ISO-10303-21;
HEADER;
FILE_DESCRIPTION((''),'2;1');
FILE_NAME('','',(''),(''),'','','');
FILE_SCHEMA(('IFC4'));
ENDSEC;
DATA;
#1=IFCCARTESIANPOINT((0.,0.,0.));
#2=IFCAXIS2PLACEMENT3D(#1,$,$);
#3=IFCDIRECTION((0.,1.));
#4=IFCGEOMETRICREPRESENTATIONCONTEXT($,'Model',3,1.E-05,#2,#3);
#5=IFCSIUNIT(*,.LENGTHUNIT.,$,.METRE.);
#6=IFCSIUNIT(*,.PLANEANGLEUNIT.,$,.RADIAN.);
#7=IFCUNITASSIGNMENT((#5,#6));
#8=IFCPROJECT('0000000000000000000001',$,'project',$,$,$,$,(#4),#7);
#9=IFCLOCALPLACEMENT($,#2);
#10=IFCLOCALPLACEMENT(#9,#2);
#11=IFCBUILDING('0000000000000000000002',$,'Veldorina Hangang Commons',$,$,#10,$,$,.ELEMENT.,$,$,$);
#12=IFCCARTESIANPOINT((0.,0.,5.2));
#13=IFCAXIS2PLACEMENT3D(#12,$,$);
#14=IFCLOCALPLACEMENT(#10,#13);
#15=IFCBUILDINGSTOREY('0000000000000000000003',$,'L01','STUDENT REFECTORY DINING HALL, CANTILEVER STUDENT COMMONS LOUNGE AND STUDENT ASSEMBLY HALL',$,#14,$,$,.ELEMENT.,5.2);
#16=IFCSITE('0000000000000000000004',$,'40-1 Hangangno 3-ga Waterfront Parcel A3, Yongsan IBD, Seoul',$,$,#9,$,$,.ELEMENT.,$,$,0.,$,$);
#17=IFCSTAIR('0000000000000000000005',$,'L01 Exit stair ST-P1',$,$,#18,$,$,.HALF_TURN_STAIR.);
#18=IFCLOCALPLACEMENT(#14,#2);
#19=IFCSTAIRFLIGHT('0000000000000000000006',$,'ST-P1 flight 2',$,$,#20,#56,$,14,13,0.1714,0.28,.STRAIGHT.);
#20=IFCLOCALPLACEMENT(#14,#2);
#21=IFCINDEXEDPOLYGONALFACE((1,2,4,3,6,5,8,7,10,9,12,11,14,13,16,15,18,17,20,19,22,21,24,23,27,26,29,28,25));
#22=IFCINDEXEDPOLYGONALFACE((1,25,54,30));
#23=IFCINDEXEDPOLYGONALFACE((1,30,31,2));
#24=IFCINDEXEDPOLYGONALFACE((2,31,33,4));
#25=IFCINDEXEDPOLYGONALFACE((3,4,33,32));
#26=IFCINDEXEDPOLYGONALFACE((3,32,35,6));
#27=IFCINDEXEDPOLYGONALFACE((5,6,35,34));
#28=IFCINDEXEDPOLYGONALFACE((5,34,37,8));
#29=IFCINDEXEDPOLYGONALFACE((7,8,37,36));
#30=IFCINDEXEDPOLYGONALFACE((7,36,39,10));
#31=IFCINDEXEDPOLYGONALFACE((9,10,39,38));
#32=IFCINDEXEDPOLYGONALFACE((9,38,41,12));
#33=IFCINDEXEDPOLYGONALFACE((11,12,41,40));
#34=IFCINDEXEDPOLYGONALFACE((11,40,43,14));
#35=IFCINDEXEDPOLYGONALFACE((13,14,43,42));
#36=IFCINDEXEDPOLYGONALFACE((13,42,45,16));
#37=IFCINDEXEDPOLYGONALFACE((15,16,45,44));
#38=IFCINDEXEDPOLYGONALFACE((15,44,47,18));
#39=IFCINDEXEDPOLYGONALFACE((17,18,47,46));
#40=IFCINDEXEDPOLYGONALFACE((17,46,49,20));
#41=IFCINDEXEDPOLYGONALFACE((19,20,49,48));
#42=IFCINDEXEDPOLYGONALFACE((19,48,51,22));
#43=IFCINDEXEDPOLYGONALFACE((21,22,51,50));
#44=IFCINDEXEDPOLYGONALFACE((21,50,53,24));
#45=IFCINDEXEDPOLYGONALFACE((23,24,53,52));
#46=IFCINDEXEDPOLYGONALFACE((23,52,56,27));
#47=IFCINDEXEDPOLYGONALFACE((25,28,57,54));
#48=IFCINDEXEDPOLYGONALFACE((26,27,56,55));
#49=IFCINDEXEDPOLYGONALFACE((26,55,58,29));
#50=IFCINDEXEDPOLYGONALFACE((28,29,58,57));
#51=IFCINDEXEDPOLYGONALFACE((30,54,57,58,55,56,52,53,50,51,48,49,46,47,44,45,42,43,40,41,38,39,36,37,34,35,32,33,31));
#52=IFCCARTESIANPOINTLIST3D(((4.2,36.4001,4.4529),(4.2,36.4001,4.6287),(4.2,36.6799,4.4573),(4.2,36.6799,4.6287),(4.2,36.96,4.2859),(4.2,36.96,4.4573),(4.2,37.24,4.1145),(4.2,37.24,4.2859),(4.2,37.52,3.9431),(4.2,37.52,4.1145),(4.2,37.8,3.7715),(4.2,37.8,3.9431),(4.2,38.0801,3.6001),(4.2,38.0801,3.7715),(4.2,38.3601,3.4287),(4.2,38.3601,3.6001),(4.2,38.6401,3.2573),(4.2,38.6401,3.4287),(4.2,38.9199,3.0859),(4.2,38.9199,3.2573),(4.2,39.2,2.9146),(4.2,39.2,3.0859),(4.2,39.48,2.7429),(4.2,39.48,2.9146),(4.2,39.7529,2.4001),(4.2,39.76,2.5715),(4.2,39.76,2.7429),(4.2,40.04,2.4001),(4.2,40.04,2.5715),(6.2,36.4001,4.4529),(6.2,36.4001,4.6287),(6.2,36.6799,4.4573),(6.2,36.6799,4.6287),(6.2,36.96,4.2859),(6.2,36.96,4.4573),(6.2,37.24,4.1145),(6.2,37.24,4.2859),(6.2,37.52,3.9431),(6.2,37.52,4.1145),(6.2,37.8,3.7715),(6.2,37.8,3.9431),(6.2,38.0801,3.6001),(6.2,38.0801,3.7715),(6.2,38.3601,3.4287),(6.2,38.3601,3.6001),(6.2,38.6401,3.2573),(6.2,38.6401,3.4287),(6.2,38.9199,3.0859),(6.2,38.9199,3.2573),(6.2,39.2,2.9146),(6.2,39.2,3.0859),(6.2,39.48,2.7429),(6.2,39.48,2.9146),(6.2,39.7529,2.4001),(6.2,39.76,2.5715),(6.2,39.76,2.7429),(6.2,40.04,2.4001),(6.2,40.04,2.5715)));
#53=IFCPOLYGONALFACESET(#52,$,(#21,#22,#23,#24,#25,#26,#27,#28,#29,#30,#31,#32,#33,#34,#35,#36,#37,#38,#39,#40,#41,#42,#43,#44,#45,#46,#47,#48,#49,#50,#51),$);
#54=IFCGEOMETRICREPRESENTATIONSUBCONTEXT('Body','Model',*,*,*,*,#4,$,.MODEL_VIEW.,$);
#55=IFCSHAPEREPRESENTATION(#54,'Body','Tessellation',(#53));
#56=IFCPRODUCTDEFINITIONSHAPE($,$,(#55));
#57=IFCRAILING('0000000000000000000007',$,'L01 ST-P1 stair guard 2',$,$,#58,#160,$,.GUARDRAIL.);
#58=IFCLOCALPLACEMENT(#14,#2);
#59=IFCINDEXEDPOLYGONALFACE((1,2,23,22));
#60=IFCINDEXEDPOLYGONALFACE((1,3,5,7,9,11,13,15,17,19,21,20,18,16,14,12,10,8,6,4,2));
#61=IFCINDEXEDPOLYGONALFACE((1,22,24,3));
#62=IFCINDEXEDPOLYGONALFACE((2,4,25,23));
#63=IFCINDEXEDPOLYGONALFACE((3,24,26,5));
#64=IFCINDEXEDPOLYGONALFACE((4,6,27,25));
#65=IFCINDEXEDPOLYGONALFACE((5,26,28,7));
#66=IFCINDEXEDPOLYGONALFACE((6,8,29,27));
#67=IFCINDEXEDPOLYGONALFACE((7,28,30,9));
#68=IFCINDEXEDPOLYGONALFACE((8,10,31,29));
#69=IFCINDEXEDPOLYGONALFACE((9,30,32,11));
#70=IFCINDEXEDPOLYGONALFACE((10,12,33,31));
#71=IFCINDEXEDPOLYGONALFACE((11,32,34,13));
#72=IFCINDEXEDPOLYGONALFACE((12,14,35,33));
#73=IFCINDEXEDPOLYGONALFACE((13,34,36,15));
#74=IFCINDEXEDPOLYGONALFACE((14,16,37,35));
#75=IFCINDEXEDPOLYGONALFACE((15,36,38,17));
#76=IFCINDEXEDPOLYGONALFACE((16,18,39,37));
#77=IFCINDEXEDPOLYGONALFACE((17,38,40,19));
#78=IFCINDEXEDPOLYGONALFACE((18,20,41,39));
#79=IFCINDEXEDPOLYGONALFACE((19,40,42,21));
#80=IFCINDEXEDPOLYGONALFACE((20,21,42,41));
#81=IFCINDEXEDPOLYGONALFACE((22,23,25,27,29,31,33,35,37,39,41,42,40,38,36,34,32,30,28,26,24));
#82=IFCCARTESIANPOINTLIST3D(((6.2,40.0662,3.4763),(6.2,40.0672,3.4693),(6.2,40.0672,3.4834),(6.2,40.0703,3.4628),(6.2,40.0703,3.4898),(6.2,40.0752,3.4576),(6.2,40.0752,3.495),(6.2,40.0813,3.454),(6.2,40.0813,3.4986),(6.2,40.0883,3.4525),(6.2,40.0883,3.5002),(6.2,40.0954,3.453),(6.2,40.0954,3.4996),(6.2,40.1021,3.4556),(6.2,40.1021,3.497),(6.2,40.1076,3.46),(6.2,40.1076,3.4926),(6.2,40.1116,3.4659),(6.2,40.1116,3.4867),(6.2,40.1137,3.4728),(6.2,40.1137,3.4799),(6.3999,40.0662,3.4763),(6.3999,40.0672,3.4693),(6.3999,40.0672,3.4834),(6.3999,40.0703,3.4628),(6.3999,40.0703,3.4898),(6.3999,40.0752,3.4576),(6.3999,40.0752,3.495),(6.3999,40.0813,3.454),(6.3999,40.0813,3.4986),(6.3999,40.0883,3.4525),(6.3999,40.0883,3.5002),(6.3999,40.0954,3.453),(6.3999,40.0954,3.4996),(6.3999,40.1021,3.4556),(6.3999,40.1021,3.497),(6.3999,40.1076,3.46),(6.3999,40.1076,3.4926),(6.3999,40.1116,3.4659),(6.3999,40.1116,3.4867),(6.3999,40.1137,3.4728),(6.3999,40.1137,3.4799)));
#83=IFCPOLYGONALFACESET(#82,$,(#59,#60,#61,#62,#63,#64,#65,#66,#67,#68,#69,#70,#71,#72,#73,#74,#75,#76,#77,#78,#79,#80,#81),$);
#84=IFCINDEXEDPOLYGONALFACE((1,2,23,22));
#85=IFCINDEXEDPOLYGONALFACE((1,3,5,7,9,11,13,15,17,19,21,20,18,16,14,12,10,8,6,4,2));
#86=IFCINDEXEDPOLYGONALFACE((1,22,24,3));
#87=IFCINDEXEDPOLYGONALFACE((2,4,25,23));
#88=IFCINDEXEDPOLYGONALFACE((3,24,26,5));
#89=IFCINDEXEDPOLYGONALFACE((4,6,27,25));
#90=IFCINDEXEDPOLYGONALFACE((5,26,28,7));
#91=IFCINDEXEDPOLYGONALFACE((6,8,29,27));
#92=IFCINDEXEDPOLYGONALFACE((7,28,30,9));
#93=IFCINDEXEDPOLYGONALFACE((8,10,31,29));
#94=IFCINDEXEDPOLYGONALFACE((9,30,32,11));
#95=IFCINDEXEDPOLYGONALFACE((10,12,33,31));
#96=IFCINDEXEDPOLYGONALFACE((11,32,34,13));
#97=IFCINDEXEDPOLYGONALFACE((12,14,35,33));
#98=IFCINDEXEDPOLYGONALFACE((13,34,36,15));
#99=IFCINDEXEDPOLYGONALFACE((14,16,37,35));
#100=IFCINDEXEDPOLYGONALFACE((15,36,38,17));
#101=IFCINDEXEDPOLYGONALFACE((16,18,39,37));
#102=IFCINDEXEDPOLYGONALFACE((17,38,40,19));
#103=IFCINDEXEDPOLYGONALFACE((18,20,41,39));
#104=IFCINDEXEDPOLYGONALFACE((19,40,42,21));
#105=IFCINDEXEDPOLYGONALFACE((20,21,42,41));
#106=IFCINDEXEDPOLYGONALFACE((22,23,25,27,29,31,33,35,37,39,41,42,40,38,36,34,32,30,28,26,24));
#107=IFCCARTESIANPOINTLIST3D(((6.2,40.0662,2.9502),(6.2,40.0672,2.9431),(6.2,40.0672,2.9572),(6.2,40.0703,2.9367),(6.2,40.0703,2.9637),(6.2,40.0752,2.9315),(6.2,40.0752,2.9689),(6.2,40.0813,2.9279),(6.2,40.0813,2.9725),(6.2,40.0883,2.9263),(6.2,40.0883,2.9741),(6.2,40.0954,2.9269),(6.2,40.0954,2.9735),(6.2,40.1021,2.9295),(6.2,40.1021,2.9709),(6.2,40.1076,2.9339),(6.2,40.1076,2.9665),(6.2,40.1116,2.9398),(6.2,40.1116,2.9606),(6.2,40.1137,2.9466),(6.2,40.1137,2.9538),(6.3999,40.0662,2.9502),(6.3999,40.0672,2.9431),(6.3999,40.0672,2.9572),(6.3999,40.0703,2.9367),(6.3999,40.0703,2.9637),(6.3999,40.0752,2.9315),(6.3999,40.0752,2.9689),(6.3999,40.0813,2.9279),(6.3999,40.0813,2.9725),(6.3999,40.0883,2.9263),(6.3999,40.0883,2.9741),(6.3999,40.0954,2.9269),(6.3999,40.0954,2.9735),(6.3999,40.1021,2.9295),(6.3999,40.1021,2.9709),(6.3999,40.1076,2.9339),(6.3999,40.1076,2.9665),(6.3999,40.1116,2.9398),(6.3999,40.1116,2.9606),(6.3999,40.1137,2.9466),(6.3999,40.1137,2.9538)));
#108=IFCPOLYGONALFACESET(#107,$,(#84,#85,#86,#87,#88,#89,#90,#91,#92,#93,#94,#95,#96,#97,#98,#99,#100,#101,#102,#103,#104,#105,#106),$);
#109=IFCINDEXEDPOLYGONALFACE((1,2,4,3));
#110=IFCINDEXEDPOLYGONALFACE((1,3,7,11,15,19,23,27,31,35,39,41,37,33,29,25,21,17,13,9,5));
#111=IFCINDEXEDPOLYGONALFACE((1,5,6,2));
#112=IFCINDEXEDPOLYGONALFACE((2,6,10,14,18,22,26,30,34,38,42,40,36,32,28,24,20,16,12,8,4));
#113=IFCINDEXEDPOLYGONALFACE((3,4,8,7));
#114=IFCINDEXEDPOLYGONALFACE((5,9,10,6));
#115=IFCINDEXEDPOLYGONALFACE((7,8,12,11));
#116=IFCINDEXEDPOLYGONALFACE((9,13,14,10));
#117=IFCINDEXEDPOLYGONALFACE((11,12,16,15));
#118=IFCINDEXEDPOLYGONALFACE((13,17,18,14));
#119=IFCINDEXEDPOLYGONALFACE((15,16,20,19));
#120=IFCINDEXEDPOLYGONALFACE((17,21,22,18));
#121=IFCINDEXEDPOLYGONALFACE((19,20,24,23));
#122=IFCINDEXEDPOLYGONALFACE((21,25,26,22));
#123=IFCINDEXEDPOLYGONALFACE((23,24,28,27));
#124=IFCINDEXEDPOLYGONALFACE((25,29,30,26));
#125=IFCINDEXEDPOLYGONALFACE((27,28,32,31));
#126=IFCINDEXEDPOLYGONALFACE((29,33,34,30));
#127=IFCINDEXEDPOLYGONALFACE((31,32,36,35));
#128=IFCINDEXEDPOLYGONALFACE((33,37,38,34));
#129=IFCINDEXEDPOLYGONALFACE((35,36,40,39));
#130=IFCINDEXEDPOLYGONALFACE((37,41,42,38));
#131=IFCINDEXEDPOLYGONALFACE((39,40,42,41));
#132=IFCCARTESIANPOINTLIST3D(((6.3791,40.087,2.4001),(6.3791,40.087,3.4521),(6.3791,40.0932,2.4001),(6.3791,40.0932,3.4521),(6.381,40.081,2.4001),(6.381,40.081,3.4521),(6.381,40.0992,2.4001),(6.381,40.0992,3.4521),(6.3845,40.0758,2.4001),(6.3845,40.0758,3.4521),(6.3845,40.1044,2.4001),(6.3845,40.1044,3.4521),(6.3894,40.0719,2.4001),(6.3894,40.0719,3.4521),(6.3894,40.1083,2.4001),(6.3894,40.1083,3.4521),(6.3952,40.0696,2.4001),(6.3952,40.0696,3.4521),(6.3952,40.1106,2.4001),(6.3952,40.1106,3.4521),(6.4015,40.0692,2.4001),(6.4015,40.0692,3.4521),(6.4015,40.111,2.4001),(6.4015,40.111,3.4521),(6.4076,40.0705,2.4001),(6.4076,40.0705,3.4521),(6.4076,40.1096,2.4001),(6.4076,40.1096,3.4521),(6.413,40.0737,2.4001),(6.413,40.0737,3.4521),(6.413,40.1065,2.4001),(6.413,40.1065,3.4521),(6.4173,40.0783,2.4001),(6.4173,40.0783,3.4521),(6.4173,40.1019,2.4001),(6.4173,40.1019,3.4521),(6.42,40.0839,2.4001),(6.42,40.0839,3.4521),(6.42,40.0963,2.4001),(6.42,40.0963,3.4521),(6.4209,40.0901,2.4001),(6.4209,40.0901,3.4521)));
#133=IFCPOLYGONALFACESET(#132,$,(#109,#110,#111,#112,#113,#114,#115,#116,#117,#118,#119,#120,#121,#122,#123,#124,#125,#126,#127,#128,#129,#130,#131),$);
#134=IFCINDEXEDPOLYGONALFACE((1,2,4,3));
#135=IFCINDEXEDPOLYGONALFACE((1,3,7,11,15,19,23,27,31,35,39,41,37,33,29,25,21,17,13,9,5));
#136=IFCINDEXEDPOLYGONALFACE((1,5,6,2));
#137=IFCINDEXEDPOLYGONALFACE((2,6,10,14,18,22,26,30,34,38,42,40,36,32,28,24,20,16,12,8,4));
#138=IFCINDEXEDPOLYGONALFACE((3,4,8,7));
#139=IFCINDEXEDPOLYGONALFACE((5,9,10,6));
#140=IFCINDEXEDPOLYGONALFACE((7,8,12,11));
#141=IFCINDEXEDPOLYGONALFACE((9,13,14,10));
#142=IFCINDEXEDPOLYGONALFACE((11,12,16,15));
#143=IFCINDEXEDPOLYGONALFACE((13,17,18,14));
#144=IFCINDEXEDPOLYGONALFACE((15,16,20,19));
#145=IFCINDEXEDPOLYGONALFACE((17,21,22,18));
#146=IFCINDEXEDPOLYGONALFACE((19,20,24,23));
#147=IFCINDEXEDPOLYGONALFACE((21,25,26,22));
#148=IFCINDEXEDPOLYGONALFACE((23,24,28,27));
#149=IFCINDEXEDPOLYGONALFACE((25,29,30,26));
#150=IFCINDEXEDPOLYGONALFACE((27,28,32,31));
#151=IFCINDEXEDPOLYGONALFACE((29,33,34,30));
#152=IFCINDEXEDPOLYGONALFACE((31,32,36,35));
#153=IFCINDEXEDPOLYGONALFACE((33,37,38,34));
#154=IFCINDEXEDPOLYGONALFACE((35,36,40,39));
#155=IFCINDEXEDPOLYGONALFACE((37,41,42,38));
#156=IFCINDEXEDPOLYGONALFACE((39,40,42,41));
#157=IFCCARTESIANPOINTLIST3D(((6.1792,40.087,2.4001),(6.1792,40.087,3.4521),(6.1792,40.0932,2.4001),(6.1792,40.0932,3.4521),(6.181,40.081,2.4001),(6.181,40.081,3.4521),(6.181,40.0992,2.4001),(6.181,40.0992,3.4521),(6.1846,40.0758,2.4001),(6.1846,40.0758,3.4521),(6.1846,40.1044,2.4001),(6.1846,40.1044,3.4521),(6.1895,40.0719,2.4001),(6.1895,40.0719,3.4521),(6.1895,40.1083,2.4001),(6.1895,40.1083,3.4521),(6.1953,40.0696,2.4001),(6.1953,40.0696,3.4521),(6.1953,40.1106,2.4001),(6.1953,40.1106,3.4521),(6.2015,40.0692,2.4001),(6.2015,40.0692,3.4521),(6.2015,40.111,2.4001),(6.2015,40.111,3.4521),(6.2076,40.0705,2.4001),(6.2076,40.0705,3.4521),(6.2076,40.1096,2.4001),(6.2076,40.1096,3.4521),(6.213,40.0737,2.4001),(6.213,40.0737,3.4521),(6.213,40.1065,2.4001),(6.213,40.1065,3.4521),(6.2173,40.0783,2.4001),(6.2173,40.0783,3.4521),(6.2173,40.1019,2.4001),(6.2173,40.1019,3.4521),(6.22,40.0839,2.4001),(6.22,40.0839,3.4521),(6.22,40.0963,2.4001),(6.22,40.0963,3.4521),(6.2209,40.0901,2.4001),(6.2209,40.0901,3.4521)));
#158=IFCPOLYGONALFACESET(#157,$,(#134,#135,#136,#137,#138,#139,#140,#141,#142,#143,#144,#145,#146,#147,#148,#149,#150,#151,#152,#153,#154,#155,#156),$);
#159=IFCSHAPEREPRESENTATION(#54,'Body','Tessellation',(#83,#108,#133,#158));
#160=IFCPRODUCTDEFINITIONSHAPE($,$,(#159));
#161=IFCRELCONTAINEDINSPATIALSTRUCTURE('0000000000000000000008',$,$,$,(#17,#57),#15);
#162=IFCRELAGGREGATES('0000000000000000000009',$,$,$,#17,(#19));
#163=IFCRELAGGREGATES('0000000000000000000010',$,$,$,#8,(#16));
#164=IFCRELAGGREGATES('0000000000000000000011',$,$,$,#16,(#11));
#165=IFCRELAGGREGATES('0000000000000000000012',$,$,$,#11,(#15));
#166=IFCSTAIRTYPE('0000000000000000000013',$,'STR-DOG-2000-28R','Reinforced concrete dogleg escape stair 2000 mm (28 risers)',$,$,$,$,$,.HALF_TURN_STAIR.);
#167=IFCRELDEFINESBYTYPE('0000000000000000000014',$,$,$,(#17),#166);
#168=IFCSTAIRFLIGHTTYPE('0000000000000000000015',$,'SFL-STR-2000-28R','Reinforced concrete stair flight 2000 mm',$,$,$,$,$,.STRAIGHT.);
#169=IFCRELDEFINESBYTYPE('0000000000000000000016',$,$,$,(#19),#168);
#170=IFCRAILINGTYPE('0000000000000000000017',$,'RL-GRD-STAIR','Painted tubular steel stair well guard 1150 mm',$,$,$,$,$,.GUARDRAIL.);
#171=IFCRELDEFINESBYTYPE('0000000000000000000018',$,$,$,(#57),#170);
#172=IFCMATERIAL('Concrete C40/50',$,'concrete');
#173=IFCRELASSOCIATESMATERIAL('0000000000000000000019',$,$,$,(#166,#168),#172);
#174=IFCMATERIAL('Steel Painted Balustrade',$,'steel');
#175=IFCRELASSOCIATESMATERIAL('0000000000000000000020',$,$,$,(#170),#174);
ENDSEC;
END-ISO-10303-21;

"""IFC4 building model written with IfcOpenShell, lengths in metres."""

from ifc_helpers import new_model, si_unit, direction, frame, origin, origin_2d, place, context, subcontext, project, spatial, polyline, circle, outline, extrude, material, type_object, element, aggregate, save


model = new_model("IFC4")

# Units and contexts
model_context = context("Model", 3, precision=1e-05, world=origin(), true_north=direction((0.0, 1.0)))
body_context = subcontext(model_context, "Body", "Model", "MODEL_VIEW")
ifc_project = project(units=[si_unit("LENGTHUNIT", "METRE"), si_unit("PLANEANGLEUNIT", "RADIAN")], contexts=[model_context])

# Site, building, storey
site_placement = place(None, origin())
site = spatial("IfcSite", under=ifc_project, at=site_placement, Name="40-1 Hangangno 3-ga Waterfront Parcel A3, Yongsan IBD, Seoul", CompositionType="ELEMENT", RefElevation=0.0)
building_placement = place(site_placement, origin())
building = spatial("IfcBuilding", under=site, at=building_placement, Name="Veldorina Hangang Commons", CompositionType="ELEMENT")
storey_placement = place(building_placement, frame((0.0, 0.0, 5.2)))
storey = spatial("IfcBuildingStorey", under=building, at=storey_placement, Name="L01", Description="STUDENT REFECTORY DINING HALL, CANTILEVER STUDENT COMMONS LOUNGE AND STUDENT ASSEMBLY HALL", CompositionType="ELEMENT", Elevation=5.2)

# Stair, stair flight
ifc_material_1 = material(Name="Concrete C40/50", Category="concrete")
stair_type = type_object("IfcStairType", Name="STR-DOG-2000-28R", Description="Reinforced concrete dogleg escape stair 2000 mm (28 risers)", PredefinedType="HALF_TURN_STAIR", material=ifc_material_1)
stair_placement = place(storey_placement, origin())
stair = element("IfcStair", 1, at=stair_placement, inside=storey, type_object=stair_type, Name="L01 Exit stair ST-P1", PredefinedType="HALF_TURN_STAIR")
stair_flight_type = type_object("IfcStairFlightType", Name="SFL-STR-2000-28R", Description="Reinforced concrete stair flight 2000 mm", PredefinedType="STRAIGHT", material=ifc_material_1)
stair_flight_1_placement = place(storey_placement, frame((5.2, 40.04, 2.4001), z_axis=(0.0, 0.0, 1.0), x_axis=(0.0, -1.0, 0.0)))
stair_flight_1 = element("IfcStairFlight", 2, at=stair_flight_1_placement, type_object=stair_flight_type, Name="ST-P1 flight 2", NumberOfRisers=14, NumberOfTreads=13, PredefinedType="STRAIGHT", RiserHeight=0.1714, TreadLength=0.28, context=body_context, shape_type="SweptSolid", body=[
    extrude(outline(polyline([(0.0, 0.0), (0.0, 0.1714), (0.28, 0.1714), (0.28, 0.3428), (0.5601, 0.3428), (0.5601, 0.5144), (0.8401, 0.5144), (0.8401, 0.6858), (1.1201, 0.6858), (1.1201, 0.8572), (1.3999, 0.8572), (1.3999, 1.0286), (1.6799, 1.0286), (1.6799, 1.2), (1.96, 1.2), (1.96, 1.3713), (2.24, 1.3713), (2.24, 1.543), (2.52, 1.543), (2.52, 1.7144), (2.8, 1.7144), (2.8, 1.8857), (3.0801, 1.8857), (3.0801, 2.0571), (3.3601, 2.0571), (3.3601, 2.2285), (3.6399, 2.2285), (3.6399, 2.3999), (3.6399, 2.0527), (0.2871, 0.0), (0.0, 0.0)])), frame((0.0, 1.0, 0.0), z_axis=(0.0, -1.0, 0.0), x_axis=(1.0, 0.0, 0.0)), (0.0, 0.0, 1.0), 2.0),
])
aggregate(stair, [stair_flight_1])

# Railing
ifc_material_2 = material(Name="Steel Painted Balustrade", Category="steel")
railing_type_1 = type_object("IfcRailingType", Name="RL-GRD-STAIR", Description="Painted tubular steel stair well guard 1150 mm", PredefinedType="GUARDRAIL", material=ifc_material_2)
railing_1_placement = place(storey_placement, frame((6.3999, 40.0901, 2.4001)))
element("IfcRailing", 3, at=railing_1_placement, inside=storey, type_object=railing_type_1, Name="L01 ST-P1 stair guard 2", PredefinedType="GUARDRAIL", context=body_context, shape_type="SweptSolid", body=[
    extrude(circle(Radius=0.0239, at=origin_2d()), frame((0.0, 0.0, 1.0762), z_axis=(-1.0, 0.0, 0.0), x_axis=(0.0, -1.0, 0.0)), (0.0, 0.0, 1.0), 0.2),
    extrude(circle(Radius=0.0239, at=origin_2d()), frame((0.0, 0.0, 0.55), z_axis=(-1.0, 0.0, 0.0), x_axis=(0.0, -1.0, 0.0)), (0.0, 0.0, 1.0), 0.2),
    extrude(circle(Radius=0.021, at=origin_2d()), origin(), (0.0, 0.0, 1.0), 1.052),
    extrude(circle(Radius=0.021, at=origin_2d()), frame((-0.2, 0.0, 0.0)), (0.0, 0.0, 1.0), 1.052),
])

save(model, "model.ifc")
